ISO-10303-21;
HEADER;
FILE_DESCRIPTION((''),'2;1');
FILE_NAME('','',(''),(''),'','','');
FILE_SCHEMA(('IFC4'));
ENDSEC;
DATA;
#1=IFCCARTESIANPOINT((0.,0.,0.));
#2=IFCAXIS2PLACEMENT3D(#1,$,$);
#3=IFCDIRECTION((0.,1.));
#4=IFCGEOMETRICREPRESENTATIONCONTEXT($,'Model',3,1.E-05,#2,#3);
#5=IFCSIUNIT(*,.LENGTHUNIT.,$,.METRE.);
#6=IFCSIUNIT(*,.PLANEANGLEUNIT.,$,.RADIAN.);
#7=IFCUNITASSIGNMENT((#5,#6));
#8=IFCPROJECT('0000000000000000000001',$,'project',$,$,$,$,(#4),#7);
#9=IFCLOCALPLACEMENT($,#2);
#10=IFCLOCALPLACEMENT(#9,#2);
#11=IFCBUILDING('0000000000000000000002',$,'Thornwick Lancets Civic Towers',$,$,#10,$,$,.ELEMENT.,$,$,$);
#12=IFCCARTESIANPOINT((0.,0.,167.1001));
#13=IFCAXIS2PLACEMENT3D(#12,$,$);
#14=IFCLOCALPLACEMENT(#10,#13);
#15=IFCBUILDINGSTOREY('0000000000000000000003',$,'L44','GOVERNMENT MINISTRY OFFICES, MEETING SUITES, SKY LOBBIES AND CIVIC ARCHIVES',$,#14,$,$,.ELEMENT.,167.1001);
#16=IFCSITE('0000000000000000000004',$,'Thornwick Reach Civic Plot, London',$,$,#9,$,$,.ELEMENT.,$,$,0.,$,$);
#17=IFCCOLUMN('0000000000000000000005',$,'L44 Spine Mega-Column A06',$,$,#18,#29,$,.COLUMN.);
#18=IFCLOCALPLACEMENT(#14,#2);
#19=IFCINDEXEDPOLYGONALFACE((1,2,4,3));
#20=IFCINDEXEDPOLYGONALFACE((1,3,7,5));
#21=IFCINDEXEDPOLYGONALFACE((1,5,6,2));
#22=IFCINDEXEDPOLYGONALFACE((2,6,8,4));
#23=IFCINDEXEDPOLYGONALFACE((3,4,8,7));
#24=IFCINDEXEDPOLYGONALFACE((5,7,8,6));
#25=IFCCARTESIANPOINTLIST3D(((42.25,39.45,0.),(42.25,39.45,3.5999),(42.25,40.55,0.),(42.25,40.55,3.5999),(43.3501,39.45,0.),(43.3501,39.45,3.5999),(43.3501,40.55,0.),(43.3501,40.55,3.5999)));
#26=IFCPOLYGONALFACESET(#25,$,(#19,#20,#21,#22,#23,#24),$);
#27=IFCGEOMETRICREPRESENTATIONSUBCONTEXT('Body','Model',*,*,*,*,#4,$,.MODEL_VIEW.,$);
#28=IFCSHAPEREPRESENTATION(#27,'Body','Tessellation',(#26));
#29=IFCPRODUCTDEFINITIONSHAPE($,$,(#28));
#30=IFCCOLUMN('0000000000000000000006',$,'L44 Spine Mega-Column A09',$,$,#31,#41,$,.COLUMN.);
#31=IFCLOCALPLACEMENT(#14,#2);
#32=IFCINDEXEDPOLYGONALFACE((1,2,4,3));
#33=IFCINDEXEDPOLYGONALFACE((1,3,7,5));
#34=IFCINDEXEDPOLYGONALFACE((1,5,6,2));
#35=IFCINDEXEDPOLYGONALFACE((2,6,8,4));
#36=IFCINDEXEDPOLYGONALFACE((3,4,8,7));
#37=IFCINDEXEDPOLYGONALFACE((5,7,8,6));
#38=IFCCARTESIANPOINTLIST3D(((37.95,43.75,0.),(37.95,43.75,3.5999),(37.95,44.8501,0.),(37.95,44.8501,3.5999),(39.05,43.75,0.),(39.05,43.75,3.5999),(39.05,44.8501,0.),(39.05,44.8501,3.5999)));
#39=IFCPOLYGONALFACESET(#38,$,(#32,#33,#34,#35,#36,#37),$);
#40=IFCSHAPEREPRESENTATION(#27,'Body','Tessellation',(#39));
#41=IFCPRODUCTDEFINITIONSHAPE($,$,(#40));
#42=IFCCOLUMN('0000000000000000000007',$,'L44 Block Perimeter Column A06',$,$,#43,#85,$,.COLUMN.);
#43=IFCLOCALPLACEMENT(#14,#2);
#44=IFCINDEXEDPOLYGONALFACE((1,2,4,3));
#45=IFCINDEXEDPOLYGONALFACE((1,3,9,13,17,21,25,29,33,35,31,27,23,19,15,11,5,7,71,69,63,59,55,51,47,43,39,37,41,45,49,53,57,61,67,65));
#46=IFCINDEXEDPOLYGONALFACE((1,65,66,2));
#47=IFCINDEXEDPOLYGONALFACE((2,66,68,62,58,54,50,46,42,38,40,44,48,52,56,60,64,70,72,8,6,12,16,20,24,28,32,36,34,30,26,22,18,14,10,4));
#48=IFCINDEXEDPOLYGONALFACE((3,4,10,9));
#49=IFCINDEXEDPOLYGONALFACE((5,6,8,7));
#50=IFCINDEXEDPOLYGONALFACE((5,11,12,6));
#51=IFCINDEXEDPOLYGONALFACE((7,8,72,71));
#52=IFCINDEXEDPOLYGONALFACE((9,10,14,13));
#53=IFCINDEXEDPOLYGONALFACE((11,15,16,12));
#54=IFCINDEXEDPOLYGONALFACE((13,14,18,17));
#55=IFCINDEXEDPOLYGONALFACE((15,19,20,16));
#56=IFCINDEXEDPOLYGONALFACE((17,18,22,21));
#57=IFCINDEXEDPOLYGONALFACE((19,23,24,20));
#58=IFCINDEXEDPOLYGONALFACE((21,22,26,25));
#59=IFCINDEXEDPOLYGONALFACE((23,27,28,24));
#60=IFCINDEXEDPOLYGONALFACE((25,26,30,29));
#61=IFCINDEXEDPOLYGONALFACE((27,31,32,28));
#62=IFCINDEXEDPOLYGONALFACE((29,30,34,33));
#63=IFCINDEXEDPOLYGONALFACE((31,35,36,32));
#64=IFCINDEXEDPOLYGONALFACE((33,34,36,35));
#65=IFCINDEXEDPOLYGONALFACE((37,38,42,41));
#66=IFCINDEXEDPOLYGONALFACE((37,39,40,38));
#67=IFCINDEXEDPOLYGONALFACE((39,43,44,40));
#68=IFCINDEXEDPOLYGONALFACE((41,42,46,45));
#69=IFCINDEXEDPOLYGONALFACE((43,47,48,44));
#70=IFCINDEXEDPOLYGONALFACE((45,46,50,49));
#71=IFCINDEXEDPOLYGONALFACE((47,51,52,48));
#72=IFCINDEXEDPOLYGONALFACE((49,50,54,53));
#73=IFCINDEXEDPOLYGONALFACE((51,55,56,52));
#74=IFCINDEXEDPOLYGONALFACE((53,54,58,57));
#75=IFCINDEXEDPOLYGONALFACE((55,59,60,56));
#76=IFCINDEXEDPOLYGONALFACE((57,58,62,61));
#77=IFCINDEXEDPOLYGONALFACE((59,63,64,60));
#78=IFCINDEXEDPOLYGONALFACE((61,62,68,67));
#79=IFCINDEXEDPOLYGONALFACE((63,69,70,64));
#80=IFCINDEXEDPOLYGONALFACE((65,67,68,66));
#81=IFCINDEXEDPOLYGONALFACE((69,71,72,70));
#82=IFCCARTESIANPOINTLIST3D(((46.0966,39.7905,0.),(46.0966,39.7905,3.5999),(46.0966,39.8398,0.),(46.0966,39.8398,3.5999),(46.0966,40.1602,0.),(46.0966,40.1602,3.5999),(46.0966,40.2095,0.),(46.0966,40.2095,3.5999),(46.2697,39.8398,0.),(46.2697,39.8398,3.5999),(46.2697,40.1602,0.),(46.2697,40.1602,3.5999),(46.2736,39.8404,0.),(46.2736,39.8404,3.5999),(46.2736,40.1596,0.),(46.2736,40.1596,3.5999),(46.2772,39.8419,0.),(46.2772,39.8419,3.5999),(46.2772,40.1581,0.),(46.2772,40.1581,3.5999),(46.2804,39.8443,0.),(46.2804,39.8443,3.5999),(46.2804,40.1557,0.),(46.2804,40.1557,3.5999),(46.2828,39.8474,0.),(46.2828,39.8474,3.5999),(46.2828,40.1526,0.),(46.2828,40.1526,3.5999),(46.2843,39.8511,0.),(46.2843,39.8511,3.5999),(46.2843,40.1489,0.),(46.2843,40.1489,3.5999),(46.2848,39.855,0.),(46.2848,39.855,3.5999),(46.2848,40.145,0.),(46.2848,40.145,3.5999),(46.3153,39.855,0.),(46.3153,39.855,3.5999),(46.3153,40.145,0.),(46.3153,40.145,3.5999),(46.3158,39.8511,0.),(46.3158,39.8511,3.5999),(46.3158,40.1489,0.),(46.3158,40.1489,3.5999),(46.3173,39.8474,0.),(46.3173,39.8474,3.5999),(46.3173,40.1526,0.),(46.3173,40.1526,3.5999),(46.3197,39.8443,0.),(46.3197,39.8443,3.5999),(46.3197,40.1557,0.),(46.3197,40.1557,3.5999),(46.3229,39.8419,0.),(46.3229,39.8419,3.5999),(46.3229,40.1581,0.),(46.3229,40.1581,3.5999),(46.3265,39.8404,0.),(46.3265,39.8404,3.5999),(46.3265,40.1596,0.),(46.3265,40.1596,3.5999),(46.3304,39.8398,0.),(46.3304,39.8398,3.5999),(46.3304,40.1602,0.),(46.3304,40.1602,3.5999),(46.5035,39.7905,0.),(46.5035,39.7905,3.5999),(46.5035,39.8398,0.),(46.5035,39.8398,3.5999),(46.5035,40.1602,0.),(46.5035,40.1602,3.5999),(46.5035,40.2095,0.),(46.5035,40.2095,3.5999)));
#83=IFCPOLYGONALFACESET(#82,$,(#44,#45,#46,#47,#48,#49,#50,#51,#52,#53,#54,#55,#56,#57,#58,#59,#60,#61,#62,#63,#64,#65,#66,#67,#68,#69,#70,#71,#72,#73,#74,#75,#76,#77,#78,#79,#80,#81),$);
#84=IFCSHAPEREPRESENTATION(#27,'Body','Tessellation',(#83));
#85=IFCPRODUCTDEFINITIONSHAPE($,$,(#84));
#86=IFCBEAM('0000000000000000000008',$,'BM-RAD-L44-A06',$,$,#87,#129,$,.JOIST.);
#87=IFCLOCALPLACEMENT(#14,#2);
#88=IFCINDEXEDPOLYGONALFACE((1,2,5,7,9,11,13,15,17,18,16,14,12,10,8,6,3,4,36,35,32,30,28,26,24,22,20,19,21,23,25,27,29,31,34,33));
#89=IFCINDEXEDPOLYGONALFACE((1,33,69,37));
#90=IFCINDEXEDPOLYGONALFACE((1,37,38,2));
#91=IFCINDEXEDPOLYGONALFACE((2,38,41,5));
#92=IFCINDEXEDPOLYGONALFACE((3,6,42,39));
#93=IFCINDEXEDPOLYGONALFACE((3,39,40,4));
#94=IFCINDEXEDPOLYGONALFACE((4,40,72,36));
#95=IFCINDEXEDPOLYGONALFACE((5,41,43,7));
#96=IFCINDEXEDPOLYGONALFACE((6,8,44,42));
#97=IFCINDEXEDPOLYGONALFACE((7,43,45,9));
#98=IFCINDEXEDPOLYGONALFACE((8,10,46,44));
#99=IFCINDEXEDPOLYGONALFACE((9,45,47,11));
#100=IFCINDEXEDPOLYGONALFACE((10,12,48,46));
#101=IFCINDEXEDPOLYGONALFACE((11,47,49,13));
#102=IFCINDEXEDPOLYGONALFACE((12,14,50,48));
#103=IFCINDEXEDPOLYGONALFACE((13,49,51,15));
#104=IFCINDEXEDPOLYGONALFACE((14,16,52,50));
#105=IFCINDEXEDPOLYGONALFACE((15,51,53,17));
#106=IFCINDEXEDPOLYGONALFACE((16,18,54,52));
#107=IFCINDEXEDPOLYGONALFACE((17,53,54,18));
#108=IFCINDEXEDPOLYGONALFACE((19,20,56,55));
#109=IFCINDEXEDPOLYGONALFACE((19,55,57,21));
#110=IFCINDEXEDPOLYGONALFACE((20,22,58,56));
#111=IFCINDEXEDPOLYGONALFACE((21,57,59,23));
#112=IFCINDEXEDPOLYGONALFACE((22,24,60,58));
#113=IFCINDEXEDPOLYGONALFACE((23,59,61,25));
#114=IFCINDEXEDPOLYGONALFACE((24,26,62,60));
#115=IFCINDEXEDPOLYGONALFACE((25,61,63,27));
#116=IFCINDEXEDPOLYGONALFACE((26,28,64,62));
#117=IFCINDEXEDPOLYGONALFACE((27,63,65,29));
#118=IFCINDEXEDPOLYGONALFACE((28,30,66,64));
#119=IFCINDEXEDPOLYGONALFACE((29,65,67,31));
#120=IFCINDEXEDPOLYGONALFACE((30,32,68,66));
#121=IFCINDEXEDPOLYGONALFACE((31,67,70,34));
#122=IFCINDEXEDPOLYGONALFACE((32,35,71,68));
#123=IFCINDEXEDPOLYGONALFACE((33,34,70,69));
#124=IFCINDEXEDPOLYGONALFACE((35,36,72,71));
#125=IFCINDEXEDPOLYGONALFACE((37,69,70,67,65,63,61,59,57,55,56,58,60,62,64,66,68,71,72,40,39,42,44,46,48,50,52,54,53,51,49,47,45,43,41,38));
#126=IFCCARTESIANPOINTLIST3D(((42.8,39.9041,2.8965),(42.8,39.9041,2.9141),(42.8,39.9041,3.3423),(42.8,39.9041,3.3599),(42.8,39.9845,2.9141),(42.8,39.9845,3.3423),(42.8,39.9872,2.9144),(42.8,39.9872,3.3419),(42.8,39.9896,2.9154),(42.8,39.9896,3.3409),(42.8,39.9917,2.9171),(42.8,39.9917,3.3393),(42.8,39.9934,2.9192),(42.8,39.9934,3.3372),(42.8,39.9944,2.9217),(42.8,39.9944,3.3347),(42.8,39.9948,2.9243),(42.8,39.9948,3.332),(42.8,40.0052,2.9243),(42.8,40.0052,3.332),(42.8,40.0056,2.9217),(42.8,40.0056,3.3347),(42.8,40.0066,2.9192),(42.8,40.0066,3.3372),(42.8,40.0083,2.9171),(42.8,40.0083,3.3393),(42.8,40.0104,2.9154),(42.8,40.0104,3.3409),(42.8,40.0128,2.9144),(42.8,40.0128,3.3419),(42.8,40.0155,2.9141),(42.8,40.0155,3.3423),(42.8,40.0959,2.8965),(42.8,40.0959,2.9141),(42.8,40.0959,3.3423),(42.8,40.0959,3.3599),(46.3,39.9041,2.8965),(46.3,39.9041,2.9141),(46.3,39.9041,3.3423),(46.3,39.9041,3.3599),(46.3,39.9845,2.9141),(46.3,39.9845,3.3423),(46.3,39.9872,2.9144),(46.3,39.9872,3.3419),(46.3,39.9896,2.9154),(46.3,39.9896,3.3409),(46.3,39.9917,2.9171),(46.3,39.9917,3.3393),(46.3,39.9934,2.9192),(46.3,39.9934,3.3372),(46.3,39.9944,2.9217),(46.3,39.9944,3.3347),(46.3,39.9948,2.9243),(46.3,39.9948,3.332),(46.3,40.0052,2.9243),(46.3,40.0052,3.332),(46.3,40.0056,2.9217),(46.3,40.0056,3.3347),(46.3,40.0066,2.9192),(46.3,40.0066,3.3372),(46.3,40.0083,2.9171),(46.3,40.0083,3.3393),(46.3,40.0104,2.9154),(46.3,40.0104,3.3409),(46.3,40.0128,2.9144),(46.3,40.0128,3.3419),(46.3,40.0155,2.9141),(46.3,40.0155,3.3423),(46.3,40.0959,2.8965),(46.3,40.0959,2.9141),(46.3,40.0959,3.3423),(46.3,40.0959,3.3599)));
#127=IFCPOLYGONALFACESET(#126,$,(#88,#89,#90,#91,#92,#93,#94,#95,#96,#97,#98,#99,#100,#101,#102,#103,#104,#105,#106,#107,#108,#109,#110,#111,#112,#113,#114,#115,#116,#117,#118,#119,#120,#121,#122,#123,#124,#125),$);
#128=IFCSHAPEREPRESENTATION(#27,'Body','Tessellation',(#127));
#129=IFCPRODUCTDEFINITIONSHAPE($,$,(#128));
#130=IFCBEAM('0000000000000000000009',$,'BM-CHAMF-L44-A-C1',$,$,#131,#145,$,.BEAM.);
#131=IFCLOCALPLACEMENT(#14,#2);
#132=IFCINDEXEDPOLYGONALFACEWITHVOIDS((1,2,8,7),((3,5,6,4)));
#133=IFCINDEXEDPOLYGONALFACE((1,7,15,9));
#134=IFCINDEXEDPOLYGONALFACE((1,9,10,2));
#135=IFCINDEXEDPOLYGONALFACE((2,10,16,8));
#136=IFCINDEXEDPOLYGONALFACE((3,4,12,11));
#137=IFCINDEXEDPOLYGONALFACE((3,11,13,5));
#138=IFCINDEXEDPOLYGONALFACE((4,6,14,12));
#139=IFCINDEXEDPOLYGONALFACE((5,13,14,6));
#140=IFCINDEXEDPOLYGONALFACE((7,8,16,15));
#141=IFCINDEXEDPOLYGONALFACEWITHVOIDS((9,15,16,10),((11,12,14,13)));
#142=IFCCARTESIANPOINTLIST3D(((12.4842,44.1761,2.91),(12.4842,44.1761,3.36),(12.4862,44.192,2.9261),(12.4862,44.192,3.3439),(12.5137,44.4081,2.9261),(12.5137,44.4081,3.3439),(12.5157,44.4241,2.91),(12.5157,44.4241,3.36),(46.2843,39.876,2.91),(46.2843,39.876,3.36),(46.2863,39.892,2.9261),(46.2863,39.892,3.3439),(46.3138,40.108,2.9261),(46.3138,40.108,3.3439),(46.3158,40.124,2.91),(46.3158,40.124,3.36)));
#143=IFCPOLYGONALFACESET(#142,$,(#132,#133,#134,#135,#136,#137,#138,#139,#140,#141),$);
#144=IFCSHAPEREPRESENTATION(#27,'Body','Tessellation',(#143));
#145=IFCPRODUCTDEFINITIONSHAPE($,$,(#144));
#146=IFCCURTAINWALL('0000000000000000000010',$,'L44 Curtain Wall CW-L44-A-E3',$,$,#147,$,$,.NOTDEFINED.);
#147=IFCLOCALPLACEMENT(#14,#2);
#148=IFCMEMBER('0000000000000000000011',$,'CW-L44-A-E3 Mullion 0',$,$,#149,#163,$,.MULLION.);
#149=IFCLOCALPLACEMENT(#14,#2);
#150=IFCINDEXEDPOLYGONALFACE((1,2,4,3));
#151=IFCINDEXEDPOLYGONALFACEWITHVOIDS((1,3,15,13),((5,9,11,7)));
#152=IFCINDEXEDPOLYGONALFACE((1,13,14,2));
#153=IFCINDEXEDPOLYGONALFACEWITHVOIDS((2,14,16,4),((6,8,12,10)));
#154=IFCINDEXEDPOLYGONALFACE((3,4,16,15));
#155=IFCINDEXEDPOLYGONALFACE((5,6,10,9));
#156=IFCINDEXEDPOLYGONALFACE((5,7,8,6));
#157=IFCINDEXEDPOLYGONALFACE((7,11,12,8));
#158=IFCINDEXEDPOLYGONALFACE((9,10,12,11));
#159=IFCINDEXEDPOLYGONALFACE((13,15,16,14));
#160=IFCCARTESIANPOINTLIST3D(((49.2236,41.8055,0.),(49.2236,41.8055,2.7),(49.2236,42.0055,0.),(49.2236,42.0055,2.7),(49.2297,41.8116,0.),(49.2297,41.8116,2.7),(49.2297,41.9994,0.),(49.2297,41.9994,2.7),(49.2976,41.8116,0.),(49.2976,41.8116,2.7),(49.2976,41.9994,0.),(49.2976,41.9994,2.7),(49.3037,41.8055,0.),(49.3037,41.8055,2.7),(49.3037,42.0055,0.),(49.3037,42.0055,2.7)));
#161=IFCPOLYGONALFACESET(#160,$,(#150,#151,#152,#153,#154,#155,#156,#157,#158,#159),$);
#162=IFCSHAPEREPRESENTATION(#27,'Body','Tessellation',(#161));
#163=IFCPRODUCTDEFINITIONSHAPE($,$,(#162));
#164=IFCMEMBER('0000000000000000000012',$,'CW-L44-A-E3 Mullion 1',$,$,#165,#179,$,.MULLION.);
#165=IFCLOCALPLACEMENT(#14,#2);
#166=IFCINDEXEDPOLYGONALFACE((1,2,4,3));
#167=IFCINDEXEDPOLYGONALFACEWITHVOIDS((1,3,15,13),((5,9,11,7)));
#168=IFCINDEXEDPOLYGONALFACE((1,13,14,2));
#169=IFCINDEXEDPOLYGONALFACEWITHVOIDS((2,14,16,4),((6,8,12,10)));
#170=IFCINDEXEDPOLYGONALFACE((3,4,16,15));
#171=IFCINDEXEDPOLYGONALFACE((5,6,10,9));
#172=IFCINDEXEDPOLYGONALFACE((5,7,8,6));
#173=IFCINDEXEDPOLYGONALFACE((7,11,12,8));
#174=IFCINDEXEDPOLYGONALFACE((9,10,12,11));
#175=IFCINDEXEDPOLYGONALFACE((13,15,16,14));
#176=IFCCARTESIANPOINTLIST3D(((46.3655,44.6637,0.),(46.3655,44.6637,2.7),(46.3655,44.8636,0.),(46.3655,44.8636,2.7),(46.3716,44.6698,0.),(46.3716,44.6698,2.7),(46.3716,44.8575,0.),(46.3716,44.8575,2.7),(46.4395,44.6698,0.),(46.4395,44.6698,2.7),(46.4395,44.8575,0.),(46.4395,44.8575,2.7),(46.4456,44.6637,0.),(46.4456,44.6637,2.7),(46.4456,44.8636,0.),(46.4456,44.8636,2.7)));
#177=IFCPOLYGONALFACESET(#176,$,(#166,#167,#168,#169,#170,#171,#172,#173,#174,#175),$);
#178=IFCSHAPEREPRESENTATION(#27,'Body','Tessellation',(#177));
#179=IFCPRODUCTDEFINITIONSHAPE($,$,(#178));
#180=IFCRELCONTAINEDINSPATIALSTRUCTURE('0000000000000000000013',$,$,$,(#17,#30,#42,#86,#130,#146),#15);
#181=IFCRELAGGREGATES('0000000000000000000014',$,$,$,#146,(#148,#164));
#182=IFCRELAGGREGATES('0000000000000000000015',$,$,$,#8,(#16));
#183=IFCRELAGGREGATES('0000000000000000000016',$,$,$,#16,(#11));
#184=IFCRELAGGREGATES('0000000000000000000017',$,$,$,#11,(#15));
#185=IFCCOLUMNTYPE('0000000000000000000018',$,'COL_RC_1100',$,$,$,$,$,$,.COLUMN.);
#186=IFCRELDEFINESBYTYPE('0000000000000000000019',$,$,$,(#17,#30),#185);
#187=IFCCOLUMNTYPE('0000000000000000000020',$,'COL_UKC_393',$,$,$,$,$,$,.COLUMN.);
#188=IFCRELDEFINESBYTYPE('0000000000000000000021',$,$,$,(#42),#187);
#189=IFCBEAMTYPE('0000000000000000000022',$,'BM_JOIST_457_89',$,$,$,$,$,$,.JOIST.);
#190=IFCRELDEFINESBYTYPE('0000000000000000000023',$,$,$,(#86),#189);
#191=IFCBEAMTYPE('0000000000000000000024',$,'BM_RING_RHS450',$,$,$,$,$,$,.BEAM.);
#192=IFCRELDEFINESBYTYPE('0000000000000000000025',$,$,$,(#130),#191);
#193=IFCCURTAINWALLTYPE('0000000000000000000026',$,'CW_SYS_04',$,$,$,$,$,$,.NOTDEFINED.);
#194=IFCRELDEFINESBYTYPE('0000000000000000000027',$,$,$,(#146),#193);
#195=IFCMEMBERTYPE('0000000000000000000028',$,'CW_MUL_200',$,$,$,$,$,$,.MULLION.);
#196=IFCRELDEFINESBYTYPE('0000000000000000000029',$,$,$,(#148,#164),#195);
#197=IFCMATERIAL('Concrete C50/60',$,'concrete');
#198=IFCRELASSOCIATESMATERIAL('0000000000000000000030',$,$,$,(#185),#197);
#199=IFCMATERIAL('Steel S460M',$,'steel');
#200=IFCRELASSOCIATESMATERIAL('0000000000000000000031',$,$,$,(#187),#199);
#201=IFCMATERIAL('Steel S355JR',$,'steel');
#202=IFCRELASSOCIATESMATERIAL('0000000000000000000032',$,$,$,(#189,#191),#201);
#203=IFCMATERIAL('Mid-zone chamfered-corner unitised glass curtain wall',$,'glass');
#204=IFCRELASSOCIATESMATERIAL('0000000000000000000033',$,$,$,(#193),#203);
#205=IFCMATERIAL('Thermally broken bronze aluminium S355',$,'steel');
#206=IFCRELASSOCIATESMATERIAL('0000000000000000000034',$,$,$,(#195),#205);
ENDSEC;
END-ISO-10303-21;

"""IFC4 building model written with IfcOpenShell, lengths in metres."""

from ifc_helpers import new_model, si_unit, direction, frame, origin, origin_2d, place, context, subcontext, project, spatial, rectangle, hollow_rectangle, i_section, extrude, material, material_profile, profile_set, type_object, element, aggregate, save


model = new_model("IFC4")

# Units and contexts
model_context = context("Model", 3, precision=1e-05, world=origin(), true_north=direction((0.0, 1.0)))
body_context = subcontext(model_context, "Body", "Model", "MODEL_VIEW")
ifc_project = project(units=[si_unit("LENGTHUNIT", "METRE"), si_unit("PLANEANGLEUNIT", "RADIAN")], contexts=[model_context])

# Site, building, storey
site_placement = place(None, origin())
site = spatial("IfcSite", under=ifc_project, at=site_placement, Name="Thornwick Reach Civic Plot, London", CompositionType="ELEMENT", RefElevation=0.0)
building_placement = place(site_placement, origin())
building = spatial("IfcBuilding", under=site, at=building_placement, Name="Thornwick Lancets Civic Towers", CompositionType="ELEMENT")
storey_placement = place(building_placement, frame((0.0, 0.0, 167.1001)))
storey = spatial("IfcBuildingStorey", under=building, at=storey_placement, Name="L44", Description="GOVERNMENT MINISTRY OFFICES, MEETING SUITES, SKY LOBBIES AND CIVIC ARCHIVES", CompositionType="ELEMENT", Elevation=167.1001)

# Columns
ifc_material_1 = material(Name="Concrete C50/60", Category="concrete")
ifc_material_profile_1 = material_profile(ifc_material_1, rectangle(XDim=1.1001, YDim=1.1001, at=origin_2d()), Name="RC 1100x1100")
ifc_profile_set_1 = profile_set([ifc_material_profile_1], Name="Concrete C50/60")
column_type_1 = type_object("IfcColumnType", Name="COL_RC_1100", PredefinedType="COLUMN", material=ifc_profile_set_1)
for number, where, z_axis, x_axis, name in (
    (1, (42.8, 40.0, 0.0), (0.0, 0.0, 1.0), (1.0, 0.0, 0.0), "L44 Spine Mega-Column A06"),
    (2, (38.5, 44.3, 0.0), (0.0, 0.0, 1.0), (1.0, 0.0, 0.0), "L44 Spine Mega-Column A09"),
):
    element("IfcColumn", number, at=place(storey_placement, frame(where, z_axis=z_axis, x_axis=x_axis)), inside=storey, type_object=column_type_1, Name=name, PredefinedType="COLUMN", context=body_context, shape_type="SweptSolid", body=[
        extrude(rectangle(XDim=1.1001, YDim=1.1001, at=origin_2d()), origin(), (0.0, 0.0, 1.0), 3.5999),
    ])
ifc_material_2 = material(Name="Steel S460M", Category="steel")
ifc_material_profile_2 = material_profile(ifc_material_2, i_section(OverallWidth=0.407, OverallDepth=0.4189, WebThickness=0.0305, FlangeThickness=0.0493, FilletRadius=0.0151, at=origin_2d()), Name="UKC 356x406x393")
ifc_profile_set_2 = profile_set([ifc_material_profile_2], Name="Steel S460M")
column_type_2 = type_object("IfcColumnType", Name="COL_UKC_393", PredefinedType="COLUMN", material=ifc_profile_set_2)
column_placement = place(storey_placement, frame((46.3, 40.0, 0.0), z_axis=(0.0, 0.0, 1.0), x_axis=(1.0, 0.0, 0.0)))
element("IfcColumn", 3, at=column_placement, inside=storey, type_object=column_type_2, Name="L44 Block Perimeter Column A06", PredefinedType="COLUMN", context=body_context, shape_type="SweptSolid", body=[
    extrude(i_section(OverallWidth=0.407, OverallDepth=0.4189, WebThickness=0.0305, FlangeThickness=0.0493, FilletRadius=0.0151, at=origin_2d()), origin(), (0.0, 0.0, 1.0), 3.5999),
])

# Beams
ifc_material_3 = material(Name="Steel S355JR", Category="steel")
ifc_material_profile_3 = material_profile(ifc_material_3, i_section(OverallWidth=0.1919, OverallDepth=0.4634, WebThickness=0.0105, FlangeThickness=0.0176, FilletRadius=0.0103, at=origin_2d()), Name="UKB 457x191x89")
ifc_profile_set_3 = profile_set([ifc_material_profile_3], Name="Steel S355JR")
beam_type_1 = type_object("IfcBeamType", Name="BM_JOIST_457_89", PredefinedType="JOIST", material=ifc_profile_set_3)
beam_1_placement = place(storey_placement, frame((42.8, 40.0, 3.1282), z_axis=(1.0, 0.0, 0.0), x_axis=(0.0, 1.0, 0.0)))
element("IfcBeam", 4, at=beam_1_placement, inside=storey, type_object=beam_type_1, Name="BM-RAD-L44-A06", PredefinedType="JOIST", context=body_context, shape_type="SweptSolid", body=[
    extrude(i_section(OverallWidth=0.1919, OverallDepth=0.4634, WebThickness=0.0105, FlangeThickness=0.0176, FilletRadius=0.0103, at=origin_2d()), origin(), (0.0, 0.0, 1.0), 3.5),
])
ifc_material_profile_4 = material_profile(ifc_material_3, hollow_rectangle(XDim=0.25, YDim=0.45, WallThickness=0.0161, at=origin_2d()), Name="RHS 450x250x16")
ifc_profile_set_4 = profile_set([ifc_material_profile_4], Name="Steel S355JR")
beam_type_2 = type_object("IfcBeamType", Name="BM_RING_RHS450", PredefinedType="BEAM", material=ifc_profile_set_4)
beam_2_placement = place(storey_placement, frame((46.3, 40.0, 3.135), z_axis=(-0.992004, 0.126203, 0.0), x_axis=(-0.126203, -0.992004, 0.0)))
element("IfcBeam", 5, at=beam_2_placement, inside=storey, type_object=beam_type_2, Name="BM-CHAMF-L44-A-C1", PredefinedType="BEAM", context=body_context, shape_type="SweptSolid", body=[
    extrude(hollow_rectangle(XDim=0.25, YDim=0.45, WallThickness=0.0161, at=origin_2d()), origin(), (0.0, 0.0, 1.0), 34.0725),
])

# Curtain wall, members
ifc_material_4 = material(Name="Mid-zone chamfered-corner unitised glass curtain wall", Category="glass")
curtain_wall_type = type_object("IfcCurtainWallType", Name="CW_SYS_04", PredefinedType="NOTDEFINED", material=ifc_material_4)
curtain_wall_placement = place(storey_placement, origin())
curtain_wall = element("IfcCurtainWall", 6, at=curtain_wall_placement, inside=storey, type_object=curtain_wall_type, Name="L44 Curtain Wall CW-L44-A-E3", PredefinedType="NOTDEFINED")
ifc_material_5 = material(Name="Thermally broken bronze aluminium S355", Category="steel")
ifc_material_profile_5 = material_profile(ifc_material_5, hollow_rectangle(XDim=0.0801, YDim=0.2, WallThickness=0.0061, at=origin_2d()), Name="RHS 200x80x6")
ifc_profile_set_5 = profile_set([ifc_material_profile_5], Name="Thermally broken bronze aluminium S355")
member_type_1 = type_object("IfcMemberType", Name="CW_MUL_200", PredefinedType="MULLION", material=ifc_profile_set_5)
member_1_placement = place(storey_placement, frame((49.2637, 41.9055, 0.0), z_axis=(0.0, 0.0, 1.0), x_axis=(1.0, 0.0, 0.0)))
member_1 = element("IfcMember", 7, at=member_1_placement, type_object=member_type_1, Name="CW-L44-A-E3 Mullion 0", PredefinedType="MULLION", context=body_context, shape_type="SweptSolid", body=[
    extrude(hollow_rectangle(XDim=0.0801, YDim=0.2, WallThickness=0.0061, at=origin_2d()), origin(), (0.0, 0.0, 1.0), 2.7),
])
member_2_placement = place(storey_placement, frame((46.4055, 44.7637, 0.0), z_axis=(0.0, 0.0, 1.0), x_axis=(1.0, 0.0, 0.0)))
member_2 = element("IfcMember", 8, at=member_2_placement, type_object=member_type_1, Name="CW-L44-A-E3 Mullion 1", PredefinedType="MULLION", context=body_context, shape_type="SweptSolid", body=[
    extrude(hollow_rectangle(XDim=0.0801, YDim=0.2, WallThickness=0.0061, at=origin_2d()), origin(), (0.0, 0.0, 1.0), 2.7),
])
aggregate(curtain_wall, [member_1, member_2])

save(model, "model.ifc")
